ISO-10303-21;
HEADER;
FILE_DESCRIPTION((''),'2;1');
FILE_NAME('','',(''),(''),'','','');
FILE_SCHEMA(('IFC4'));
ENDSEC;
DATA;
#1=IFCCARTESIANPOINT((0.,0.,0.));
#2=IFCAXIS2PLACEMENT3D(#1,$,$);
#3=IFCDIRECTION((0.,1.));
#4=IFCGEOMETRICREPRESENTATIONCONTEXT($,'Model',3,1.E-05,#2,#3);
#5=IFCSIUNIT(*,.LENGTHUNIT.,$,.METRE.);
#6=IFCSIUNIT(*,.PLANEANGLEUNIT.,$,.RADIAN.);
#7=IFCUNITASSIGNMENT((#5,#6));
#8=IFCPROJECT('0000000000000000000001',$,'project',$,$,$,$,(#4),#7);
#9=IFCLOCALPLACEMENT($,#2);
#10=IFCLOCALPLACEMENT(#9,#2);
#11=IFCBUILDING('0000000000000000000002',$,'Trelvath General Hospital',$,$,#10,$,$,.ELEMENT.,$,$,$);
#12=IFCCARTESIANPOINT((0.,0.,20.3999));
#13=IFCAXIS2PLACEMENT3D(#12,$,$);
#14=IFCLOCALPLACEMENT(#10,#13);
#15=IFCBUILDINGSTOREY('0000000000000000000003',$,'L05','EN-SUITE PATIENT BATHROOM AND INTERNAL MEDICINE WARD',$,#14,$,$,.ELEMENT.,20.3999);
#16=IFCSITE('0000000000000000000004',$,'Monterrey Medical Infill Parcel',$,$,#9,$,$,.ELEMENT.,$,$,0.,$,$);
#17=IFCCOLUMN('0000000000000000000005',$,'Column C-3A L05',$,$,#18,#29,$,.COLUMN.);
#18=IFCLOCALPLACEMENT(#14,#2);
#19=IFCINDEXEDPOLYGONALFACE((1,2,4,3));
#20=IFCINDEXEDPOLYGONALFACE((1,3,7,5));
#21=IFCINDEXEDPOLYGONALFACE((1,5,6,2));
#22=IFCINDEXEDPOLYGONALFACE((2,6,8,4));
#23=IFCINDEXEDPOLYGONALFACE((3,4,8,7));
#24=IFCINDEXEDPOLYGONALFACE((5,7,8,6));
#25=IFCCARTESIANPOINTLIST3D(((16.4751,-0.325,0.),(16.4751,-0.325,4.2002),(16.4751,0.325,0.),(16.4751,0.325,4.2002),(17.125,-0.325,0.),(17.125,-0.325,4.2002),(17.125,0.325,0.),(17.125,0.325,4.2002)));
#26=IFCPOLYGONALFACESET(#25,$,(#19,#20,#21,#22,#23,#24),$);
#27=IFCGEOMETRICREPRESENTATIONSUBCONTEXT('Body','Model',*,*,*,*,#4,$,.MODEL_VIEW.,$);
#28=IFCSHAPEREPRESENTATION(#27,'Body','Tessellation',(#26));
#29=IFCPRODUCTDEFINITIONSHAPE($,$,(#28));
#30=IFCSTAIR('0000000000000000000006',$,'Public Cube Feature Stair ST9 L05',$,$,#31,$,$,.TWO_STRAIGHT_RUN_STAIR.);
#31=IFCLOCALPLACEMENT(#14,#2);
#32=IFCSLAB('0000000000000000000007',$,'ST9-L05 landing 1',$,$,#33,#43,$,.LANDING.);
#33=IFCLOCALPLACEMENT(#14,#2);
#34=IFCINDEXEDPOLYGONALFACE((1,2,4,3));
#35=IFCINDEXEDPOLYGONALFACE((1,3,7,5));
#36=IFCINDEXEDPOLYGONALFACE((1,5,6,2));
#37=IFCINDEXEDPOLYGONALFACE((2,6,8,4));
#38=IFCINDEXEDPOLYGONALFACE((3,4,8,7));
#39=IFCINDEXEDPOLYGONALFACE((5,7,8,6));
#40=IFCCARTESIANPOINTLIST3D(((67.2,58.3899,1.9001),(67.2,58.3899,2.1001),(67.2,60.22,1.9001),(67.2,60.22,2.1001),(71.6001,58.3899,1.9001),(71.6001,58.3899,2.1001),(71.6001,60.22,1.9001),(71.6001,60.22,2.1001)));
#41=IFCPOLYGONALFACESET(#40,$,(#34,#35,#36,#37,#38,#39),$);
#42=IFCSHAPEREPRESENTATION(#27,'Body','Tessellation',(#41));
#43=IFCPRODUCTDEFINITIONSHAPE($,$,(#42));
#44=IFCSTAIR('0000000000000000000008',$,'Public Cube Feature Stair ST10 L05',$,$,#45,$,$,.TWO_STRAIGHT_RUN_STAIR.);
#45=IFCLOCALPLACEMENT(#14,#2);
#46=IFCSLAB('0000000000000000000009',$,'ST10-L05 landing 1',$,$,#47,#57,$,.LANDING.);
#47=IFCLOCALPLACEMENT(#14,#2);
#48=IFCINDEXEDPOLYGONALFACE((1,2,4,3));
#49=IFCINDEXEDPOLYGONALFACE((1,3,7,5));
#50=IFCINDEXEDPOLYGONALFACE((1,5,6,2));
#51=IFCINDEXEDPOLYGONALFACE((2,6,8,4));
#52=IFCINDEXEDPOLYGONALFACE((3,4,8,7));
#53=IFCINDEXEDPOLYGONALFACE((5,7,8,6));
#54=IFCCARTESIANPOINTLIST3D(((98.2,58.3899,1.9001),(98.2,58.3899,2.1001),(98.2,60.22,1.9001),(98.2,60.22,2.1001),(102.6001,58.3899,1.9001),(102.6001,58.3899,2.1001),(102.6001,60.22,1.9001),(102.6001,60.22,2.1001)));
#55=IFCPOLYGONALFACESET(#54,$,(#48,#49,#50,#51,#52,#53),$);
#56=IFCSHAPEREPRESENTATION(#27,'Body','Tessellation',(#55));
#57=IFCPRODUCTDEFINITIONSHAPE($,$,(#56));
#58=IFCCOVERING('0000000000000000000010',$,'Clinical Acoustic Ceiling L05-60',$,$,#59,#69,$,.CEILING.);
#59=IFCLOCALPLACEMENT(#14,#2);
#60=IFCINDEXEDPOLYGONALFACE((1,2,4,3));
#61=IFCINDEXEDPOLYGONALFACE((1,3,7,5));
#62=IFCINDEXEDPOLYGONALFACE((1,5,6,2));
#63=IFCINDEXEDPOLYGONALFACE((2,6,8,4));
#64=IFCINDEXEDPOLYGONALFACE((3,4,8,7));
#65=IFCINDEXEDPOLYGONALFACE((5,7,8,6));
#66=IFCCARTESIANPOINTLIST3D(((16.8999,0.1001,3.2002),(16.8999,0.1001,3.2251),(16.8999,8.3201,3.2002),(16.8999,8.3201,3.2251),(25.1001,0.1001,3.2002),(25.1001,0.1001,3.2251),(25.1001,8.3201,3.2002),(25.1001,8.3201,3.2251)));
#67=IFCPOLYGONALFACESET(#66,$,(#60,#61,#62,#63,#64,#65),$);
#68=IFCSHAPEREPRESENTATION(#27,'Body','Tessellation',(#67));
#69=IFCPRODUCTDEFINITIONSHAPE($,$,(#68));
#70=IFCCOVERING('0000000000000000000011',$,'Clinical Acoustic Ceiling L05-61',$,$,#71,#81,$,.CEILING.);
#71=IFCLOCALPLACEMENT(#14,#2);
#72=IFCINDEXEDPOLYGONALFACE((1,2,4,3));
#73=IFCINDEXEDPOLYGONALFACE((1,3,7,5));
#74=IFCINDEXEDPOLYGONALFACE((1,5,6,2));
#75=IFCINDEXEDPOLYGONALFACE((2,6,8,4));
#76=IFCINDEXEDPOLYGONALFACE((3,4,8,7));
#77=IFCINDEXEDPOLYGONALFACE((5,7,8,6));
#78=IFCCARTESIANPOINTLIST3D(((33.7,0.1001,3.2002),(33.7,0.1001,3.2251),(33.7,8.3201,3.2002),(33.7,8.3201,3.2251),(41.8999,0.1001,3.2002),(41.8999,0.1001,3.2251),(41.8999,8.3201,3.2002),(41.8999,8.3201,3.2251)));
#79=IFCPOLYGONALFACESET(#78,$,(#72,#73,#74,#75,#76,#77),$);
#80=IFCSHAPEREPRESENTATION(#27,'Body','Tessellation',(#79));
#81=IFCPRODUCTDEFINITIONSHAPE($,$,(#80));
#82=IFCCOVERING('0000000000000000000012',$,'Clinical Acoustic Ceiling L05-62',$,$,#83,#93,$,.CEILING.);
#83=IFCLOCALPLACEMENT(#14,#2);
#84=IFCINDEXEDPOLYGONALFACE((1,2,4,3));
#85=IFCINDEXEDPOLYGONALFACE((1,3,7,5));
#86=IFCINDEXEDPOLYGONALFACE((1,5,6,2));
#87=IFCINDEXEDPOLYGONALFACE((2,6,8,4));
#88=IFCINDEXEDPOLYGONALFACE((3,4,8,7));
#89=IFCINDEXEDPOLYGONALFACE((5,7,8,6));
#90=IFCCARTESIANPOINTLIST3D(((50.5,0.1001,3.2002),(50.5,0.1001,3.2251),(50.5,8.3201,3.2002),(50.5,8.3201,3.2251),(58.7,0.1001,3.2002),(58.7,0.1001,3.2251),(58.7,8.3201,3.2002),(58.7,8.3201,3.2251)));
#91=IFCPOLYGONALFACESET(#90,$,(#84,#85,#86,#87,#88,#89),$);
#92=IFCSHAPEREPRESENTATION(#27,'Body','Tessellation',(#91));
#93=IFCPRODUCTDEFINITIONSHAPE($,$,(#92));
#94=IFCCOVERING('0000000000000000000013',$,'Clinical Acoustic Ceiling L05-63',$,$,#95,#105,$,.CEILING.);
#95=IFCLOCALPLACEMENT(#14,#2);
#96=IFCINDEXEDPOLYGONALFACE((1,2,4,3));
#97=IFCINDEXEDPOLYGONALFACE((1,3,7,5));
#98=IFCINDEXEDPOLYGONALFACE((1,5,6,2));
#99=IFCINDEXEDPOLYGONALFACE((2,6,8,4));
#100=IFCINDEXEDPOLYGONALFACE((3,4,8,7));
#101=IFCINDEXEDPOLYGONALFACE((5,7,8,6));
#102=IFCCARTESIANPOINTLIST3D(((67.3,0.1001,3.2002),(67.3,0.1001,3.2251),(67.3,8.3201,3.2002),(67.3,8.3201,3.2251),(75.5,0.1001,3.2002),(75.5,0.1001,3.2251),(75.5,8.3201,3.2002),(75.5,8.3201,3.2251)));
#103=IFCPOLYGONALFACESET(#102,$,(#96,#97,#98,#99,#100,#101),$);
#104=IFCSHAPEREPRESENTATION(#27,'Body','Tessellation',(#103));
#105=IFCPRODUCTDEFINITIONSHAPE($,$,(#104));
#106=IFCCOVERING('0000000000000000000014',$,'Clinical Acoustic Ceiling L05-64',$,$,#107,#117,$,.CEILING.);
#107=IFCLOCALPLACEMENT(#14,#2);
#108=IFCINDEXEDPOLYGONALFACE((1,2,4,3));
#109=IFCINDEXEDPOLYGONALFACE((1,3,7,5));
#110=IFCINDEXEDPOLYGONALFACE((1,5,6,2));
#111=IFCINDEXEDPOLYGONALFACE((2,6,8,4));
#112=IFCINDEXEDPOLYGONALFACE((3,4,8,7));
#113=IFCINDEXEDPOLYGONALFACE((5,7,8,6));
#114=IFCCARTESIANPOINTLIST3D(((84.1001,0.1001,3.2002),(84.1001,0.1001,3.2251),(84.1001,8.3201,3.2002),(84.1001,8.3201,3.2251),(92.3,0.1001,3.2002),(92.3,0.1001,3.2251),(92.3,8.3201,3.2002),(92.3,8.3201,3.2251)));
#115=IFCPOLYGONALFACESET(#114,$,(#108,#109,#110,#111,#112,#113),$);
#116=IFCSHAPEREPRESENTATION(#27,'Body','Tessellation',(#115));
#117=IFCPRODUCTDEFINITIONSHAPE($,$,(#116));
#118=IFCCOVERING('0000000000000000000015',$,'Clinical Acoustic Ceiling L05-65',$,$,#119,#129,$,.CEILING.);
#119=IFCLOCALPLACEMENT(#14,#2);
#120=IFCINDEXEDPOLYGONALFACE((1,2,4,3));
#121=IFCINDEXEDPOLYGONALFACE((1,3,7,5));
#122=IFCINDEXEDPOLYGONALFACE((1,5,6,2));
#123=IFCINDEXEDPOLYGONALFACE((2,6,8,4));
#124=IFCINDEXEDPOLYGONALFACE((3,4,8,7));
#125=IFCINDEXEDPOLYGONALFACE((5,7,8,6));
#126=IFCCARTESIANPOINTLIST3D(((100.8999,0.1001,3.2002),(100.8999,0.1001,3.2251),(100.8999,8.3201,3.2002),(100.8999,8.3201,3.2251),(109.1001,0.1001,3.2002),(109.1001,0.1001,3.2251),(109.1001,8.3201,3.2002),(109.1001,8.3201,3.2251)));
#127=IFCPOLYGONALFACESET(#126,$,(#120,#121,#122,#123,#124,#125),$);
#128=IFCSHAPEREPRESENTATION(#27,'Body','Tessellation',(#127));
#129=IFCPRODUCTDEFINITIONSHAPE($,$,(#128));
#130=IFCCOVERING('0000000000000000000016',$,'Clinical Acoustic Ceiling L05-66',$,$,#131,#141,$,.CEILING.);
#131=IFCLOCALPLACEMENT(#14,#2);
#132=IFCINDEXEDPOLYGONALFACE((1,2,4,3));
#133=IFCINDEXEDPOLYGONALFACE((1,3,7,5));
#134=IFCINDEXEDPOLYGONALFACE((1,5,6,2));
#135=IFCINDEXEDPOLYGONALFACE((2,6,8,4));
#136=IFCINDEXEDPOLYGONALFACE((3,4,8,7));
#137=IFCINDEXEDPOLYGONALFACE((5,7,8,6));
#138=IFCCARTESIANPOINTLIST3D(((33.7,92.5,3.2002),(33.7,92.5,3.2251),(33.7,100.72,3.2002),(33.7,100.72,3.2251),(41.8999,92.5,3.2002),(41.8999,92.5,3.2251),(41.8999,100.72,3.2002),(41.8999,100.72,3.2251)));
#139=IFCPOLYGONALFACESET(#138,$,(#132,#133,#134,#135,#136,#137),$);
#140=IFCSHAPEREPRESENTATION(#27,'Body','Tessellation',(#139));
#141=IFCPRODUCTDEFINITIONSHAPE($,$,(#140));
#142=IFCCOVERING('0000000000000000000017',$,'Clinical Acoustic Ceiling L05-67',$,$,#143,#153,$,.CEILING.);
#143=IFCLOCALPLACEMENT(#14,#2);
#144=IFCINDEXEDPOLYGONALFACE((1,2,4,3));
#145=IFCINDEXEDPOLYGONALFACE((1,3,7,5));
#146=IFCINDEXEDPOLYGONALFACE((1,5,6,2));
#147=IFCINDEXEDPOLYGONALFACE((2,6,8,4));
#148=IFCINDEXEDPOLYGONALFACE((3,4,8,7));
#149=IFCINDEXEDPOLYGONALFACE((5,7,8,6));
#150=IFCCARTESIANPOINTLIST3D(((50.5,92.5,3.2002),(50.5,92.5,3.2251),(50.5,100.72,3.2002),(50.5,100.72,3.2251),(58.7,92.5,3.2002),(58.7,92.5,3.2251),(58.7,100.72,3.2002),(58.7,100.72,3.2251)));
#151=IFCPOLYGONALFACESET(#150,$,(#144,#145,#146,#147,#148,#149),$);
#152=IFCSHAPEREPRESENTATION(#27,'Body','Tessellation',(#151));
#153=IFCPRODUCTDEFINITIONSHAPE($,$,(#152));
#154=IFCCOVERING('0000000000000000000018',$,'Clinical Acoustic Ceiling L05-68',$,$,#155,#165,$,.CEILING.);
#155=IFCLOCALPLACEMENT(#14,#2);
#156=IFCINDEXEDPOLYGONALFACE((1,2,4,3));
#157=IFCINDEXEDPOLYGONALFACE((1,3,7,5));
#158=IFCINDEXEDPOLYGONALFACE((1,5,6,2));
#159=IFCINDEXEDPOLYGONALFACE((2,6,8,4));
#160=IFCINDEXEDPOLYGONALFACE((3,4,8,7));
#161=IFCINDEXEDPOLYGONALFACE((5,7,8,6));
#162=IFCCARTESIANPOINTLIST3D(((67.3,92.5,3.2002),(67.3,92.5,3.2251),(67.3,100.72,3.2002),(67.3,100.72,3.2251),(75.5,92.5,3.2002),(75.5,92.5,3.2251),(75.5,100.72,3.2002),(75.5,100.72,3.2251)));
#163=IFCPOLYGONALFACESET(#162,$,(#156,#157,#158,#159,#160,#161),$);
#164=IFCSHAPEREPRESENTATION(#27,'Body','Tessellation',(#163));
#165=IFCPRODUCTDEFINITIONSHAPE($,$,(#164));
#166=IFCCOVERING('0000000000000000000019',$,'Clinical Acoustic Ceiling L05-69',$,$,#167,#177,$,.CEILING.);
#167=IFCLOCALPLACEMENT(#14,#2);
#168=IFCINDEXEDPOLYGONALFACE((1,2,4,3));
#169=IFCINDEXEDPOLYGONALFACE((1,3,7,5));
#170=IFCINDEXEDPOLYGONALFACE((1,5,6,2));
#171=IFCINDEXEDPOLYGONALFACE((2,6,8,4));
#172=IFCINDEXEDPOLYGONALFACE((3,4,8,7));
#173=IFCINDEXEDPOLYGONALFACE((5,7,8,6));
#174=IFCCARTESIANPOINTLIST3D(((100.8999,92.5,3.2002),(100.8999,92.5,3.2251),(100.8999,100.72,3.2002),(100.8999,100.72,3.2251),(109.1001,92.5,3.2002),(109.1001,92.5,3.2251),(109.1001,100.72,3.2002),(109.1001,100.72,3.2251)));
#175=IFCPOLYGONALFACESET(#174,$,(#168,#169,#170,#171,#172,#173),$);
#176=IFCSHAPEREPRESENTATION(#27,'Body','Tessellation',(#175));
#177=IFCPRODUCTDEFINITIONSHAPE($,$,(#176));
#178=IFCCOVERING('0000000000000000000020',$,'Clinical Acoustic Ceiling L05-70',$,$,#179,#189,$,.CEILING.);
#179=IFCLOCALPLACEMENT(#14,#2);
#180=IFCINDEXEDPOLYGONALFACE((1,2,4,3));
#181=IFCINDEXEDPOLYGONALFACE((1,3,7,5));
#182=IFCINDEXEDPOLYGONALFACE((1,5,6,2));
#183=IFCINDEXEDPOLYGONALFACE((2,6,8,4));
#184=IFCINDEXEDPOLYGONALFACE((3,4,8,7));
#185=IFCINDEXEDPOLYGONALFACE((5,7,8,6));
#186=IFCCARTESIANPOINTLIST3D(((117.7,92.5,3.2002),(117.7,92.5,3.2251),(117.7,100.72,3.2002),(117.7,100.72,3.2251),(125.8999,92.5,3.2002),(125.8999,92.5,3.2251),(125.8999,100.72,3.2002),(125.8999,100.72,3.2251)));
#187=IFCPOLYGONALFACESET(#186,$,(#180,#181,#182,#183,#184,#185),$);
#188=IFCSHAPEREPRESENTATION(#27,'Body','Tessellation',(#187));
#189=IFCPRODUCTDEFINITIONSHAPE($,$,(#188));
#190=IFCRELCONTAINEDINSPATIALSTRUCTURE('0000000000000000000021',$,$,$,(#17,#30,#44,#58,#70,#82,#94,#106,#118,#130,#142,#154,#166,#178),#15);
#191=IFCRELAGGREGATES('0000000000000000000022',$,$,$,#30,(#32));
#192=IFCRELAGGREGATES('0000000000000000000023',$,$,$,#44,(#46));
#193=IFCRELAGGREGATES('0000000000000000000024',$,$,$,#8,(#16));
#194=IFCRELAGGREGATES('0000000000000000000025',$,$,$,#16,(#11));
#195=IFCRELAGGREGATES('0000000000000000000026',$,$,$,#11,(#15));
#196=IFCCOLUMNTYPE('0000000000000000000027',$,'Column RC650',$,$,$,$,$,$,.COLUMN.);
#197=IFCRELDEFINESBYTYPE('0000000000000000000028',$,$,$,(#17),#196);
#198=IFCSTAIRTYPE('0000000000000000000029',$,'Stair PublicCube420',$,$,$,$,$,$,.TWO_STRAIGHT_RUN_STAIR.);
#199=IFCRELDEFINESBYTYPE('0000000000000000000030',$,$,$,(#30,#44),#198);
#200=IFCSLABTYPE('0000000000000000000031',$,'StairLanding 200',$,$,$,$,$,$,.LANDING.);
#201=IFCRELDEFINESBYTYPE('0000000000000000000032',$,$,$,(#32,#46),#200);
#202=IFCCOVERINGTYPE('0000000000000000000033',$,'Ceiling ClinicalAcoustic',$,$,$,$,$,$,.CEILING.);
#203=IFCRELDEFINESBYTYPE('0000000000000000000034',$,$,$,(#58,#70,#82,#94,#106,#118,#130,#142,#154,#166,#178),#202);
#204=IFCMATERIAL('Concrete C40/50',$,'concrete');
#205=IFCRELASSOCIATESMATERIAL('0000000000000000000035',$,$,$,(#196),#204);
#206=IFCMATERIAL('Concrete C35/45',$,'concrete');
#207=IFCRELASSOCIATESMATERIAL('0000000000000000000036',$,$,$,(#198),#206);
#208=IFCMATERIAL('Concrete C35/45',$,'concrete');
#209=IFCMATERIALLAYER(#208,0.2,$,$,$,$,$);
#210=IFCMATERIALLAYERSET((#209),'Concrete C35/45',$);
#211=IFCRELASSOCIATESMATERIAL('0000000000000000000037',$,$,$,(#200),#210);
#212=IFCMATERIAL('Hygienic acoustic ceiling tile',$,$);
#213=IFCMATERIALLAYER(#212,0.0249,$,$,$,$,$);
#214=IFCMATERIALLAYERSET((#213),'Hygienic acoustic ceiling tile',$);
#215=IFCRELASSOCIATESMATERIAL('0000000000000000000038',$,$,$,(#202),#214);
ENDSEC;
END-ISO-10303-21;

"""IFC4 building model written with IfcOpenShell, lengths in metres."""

from ifc_helpers import new_model, si_unit, direction, frame, origin, origin_2d, place, context, subcontext, project, spatial, polyline, rectangle, outline, extrude, material, layer, layer_set, material_profile, profile_set, type_object, element, aggregate, save


model = new_model("IFC4")

# Units and contexts
model_context = context("Model", 3, precision=1e-05, world=origin(), true_north=direction((0.0, 1.0)))
body_context = subcontext(model_context, "Body", "Model", "MODEL_VIEW")
ifc_project = project(units=[si_unit("LENGTHUNIT", "METRE"), si_unit("PLANEANGLEUNIT", "RADIAN")], contexts=[model_context])

# Site, building, storey
site_placement = place(None, origin())
site = spatial("IfcSite", under=ifc_project, at=site_placement, Name="Monterrey Medical Infill Parcel", CompositionType="ELEMENT", RefElevation=0.0)
building_placement = place(site_placement, origin())
building = spatial("IfcBuilding", under=site, at=building_placement, Name="Trelvath General Hospital", CompositionType="ELEMENT")
storey_placement = place(building_placement, frame((0.0, 0.0, 20.3999)))
storey = spatial("IfcBuildingStorey", under=building, at=storey_placement, Name="L05", Description="EN-SUITE PATIENT BATHROOM AND INTERNAL MEDICINE WARD", CompositionType="ELEMENT", Elevation=20.3999)

# Column
ifc_material_1 = material(Name="Concrete C40/50", Category="concrete")
ifc_material_profile = material_profile(ifc_material_1, rectangle(XDim=0.6499, YDim=0.6499, at=origin_2d()), Name="RC650x650")
ifc_profile_set = profile_set([ifc_material_profile], Name="Concrete C40/50")
column_type = type_object("IfcColumnType", Name="Column RC650", PredefinedType="COLUMN", material=ifc_profile_set)
column_placement = place(storey_placement, frame((16.8, 0.0, 0.0), z_axis=(0.0, 0.0, 1.0), x_axis=(1.0, 0.0, 0.0)))
element("IfcColumn", 1, at=column_placement, inside=storey, type_object=column_type, Name="Column C-3A L05", PredefinedType="COLUMN", context=body_context, shape_type="SweptSolid", body=[
    extrude(rectangle(XDim=0.6499, YDim=0.6499, at=origin_2d()), origin(), (0.0, 0.0, 1.0), 4.2002),
])

# Stairs, slabs
ifc_material_2 = material(Name="Concrete C35/45", Category="concrete")
stair_type = type_object("IfcStairType", Name="Stair PublicCube420", PredefinedType="TWO_STRAIGHT_RUN_STAIR", material=ifc_material_2)
stair_1_placement = place(storey_placement, origin())
stair_1 = element("IfcStair", 2, at=stair_1_placement, inside=storey, type_object=stair_type, Name="Public Cube Feature Stair ST9 L05", PredefinedType="TWO_STRAIGHT_RUN_STAIR")
ifc_material_3 = material(Name="Concrete C35/45", Category="concrete")
ifc_layer_1 = layer(ifc_material_3, 0.2)
ifc_layer_set_1 = layer_set([ifc_layer_1], Name="Concrete C35/45")
slab_type = type_object("IfcSlabType", Name="StairLanding 200", PredefinedType="LANDING", material=ifc_layer_set_1)
slab_1_placement = place(storey_placement, frame((0.0, 0.0, 1.9001)))
slab_1 = element("IfcSlab", 3, at=slab_1_placement, type_object=slab_type, Name="ST9-L05 landing 1", PredefinedType="LANDING", context=body_context, shape_type="SweptSolid", body=[
    extrude(outline(polyline([(67.2, 58.3899), (71.6001, 58.3899), (71.6001, 60.22), (67.2, 60.22), (67.2, 58.3899)])), origin(), (0.0, 0.0, 1.0), 0.2),
])
aggregate(stair_1, [slab_1])
stair_2_placement = place(storey_placement, origin())
stair_2 = element("IfcStair", 4, at=stair_2_placement, inside=storey, type_object=stair_type, Name="Public Cube Feature Stair ST10 L05", PredefinedType="TWO_STRAIGHT_RUN_STAIR")
slab_2_placement = place(storey_placement, frame((0.0, 0.0, 1.9001)))
slab_2 = element("IfcSlab", 5, at=slab_2_placement, type_object=slab_type, Name="ST10-L05 landing 1", PredefinedType="LANDING", context=body_context, shape_type="SweptSolid", body=[
    extrude(outline(polyline([(98.2, 58.3899), (102.6001, 58.3899), (102.6001, 60.22), (98.2, 60.22), (98.2, 58.3899)])), origin(), (0.0, 0.0, 1.0), 0.2),
])
aggregate(stair_2, [slab_2])

# Coverings
ifc_material_4 = material(Name="Hygienic acoustic ceiling tile")
ifc_layer_2 = layer(ifc_material_4, 0.0249)
ifc_layer_set_2 = layer_set([ifc_layer_2], Name="Hygienic acoustic ceiling tile")
covering_type = type_object("IfcCoveringType", Name="Ceiling ClinicalAcoustic", PredefinedType="CEILING", material=ifc_layer_set_2)
covering_1_placement = place(storey_placement, frame((0.0, 0.0, 3.2002)))
element("IfcCovering", 6, at=covering_1_placement, inside=storey, type_object=covering_type, Name="Clinical Acoustic Ceiling L05-60", PredefinedType="CEILING", context=body_context, shape_type="SweptSolid", body=[
    extrude(outline(polyline([(16.8999, 0.1001), (25.1001, 0.1001), (25.1001, 8.3201), (16.8999, 8.3201), (16.8999, 0.1001)])), origin(), (0.0, 0.0, 1.0), 0.0249),
])
covering_2_placement = place(storey_placement, frame((0.0, 0.0, 3.2002)))
element("IfcCovering", 7, at=covering_2_placement, inside=storey, type_object=covering_type, Name="Clinical Acoustic Ceiling L05-61", PredefinedType="CEILING", context=body_context, shape_type="SweptSolid", body=[
    extrude(outline(polyline([(33.7, 0.1001), (41.8999, 0.1001), (41.8999, 8.3201), (33.7, 8.3201), (33.7, 0.1001)])), origin(), (0.0, 0.0, 1.0), 0.0249),
])
covering_3_placement = place(storey_placement, frame((0.0, 0.0, 3.2002)))
element("IfcCovering", 8, at=covering_3_placement, inside=storey, type_object=covering_type, Name="Clinical Acoustic Ceiling L05-62", PredefinedType="CEILING", context=body_context, shape_type="SweptSolid", body=[
    extrude(outline(polyline([(50.5, 0.1001), (58.7, 0.1001), (58.7, 8.3201), (50.5, 8.3201), (50.5, 0.1001)])), origin(), (0.0, 0.0, 1.0), 0.0249),
])
covering_4_placement = place(storey_placement, frame((0.0, 0.0, 3.2002)))
element("IfcCovering", 9, at=covering_4_placement, inside=storey, type_object=covering_type, Name="Clinical Acoustic Ceiling L05-63", PredefinedType="CEILING", context=body_context, shape_type="SweptSolid", body=[
    extrude(outline(polyline([(67.3, 0.1001), (75.5, 0.1001), (75.5, 8.3201), (67.3, 8.3201), (67.3, 0.1001)])), origin(), (0.0, 0.0, 1.0), 0.0249),
])
covering_5_placement = place(storey_placement, frame((0.0, 0.0, 3.2002)))
element("IfcCovering", 10, at=covering_5_placement, inside=storey, type_object=covering_type, Name="Clinical Acoustic Ceiling L05-64", PredefinedType="CEILING", context=body_context, shape_type="SweptSolid", body=[
    extrude(outline(polyline([(84.1001, 0.1001), (92.3, 0.1001), (92.3, 8.3201), (84.1001, 8.3201), (84.1001, 0.1001)])), origin(), (0.0, 0.0, 1.0), 0.0249),
])
covering_6_placement = place(storey_placement, frame((0.0, 0.0, 3.2002)))
element("IfcCovering", 11, at=covering_6_placement, inside=storey, type_object=covering_type, Name="Clinical Acoustic Ceiling L05-65", PredefinedType="CEILING", context=body_context, shape_type="SweptSolid", body=[
    extrude(outline(polyline([(100.8999, 0.1001), (109.1001, 0.1001), (109.1001, 8.3201), (100.8999, 8.3201), (100.8999, 0.1001)])), origin(), (0.0, 0.0, 1.0), 0.0249),
])
covering_7_placement = place(storey_placement, frame((0.0, 0.0, 3.2002)))
element("IfcCovering", 12, at=covering_7_placement, inside=storey, type_object=covering_type, Name="Clinical Acoustic Ceiling L05-66", PredefinedType="CEILING", context=body_context, shape_type="SweptSolid", body=[
    extrude(outline(polyline([(33.7, 92.5), (41.8999, 92.5), (41.8999, 100.72), (33.7, 100.72), (33.7, 92.5)])), origin(), (0.0, 0.0, 1.0), 0.0249),
])
covering_8_placement = place(storey_placement, frame((0.0, 0.0, 3.2002)))
element("IfcCovering", 13, at=covering_8_placement, inside=storey, type_object=covering_type, Name="Clinical Acoustic Ceiling L05-67", PredefinedType="CEILING", context=body_context, shape_type="SweptSolid", body=[
    extrude(outline(polyline([(50.5, 92.5), (58.7, 92.5), (58.7, 100.72), (50.5, 100.72), (50.5, 92.5)])), origin(), (0.0, 0.0, 1.0), 0.0249),
])
covering_9_placement = place(storey_placement, frame((0.0, 0.0, 3.2002)))
element("IfcCovering", 14, at=covering_9_placement, inside=storey, type_object=covering_type, Name="Clinical Acoustic Ceiling L05-68", PredefinedType="CEILING", context=body_context, shape_type="SweptSolid", body=[
    extrude(outline(polyline([(67.3, 92.5), (75.5, 92.5), (75.5, 100.72), (67.3, 100.72), (67.3, 92.5)])), origin(), (0.0, 0.0, 1.0), 0.0249),
])
covering_10_placement = place(storey_placement, frame((0.0, 0.0, 3.2002)))
element("IfcCovering", 15, at=covering_10_placement, inside=storey, type_object=covering_type, Name="Clinical Acoustic Ceiling L05-69", PredefinedType="CEILING", context=body_context, shape_type="SweptSolid", body=[
    extrude(outline(polyline([(100.8999, 92.5), (109.1001, 92.5), (109.1001, 100.72), (100.8999, 100.72), (100.8999, 92.5)])), origin(), (0.0, 0.0, 1.0), 0.0249),
])
covering_11_placement = place(storey_placement, frame((0.0, 0.0, 3.2002)))
element("IfcCovering", 16, at=covering_11_placement, inside=storey, type_object=covering_type, Name="Clinical Acoustic Ceiling L05-70", PredefinedType="CEILING", context=body_context, shape_type="SweptSolid", body=[
    extrude(outline(polyline([(117.7, 92.5), (125.8999, 92.5), (125.8999, 100.72), (117.7, 100.72), (117.7, 92.5)])), origin(), (0.0, 0.0, 1.0), 0.0249),
])

save(model, "model.ifc")
